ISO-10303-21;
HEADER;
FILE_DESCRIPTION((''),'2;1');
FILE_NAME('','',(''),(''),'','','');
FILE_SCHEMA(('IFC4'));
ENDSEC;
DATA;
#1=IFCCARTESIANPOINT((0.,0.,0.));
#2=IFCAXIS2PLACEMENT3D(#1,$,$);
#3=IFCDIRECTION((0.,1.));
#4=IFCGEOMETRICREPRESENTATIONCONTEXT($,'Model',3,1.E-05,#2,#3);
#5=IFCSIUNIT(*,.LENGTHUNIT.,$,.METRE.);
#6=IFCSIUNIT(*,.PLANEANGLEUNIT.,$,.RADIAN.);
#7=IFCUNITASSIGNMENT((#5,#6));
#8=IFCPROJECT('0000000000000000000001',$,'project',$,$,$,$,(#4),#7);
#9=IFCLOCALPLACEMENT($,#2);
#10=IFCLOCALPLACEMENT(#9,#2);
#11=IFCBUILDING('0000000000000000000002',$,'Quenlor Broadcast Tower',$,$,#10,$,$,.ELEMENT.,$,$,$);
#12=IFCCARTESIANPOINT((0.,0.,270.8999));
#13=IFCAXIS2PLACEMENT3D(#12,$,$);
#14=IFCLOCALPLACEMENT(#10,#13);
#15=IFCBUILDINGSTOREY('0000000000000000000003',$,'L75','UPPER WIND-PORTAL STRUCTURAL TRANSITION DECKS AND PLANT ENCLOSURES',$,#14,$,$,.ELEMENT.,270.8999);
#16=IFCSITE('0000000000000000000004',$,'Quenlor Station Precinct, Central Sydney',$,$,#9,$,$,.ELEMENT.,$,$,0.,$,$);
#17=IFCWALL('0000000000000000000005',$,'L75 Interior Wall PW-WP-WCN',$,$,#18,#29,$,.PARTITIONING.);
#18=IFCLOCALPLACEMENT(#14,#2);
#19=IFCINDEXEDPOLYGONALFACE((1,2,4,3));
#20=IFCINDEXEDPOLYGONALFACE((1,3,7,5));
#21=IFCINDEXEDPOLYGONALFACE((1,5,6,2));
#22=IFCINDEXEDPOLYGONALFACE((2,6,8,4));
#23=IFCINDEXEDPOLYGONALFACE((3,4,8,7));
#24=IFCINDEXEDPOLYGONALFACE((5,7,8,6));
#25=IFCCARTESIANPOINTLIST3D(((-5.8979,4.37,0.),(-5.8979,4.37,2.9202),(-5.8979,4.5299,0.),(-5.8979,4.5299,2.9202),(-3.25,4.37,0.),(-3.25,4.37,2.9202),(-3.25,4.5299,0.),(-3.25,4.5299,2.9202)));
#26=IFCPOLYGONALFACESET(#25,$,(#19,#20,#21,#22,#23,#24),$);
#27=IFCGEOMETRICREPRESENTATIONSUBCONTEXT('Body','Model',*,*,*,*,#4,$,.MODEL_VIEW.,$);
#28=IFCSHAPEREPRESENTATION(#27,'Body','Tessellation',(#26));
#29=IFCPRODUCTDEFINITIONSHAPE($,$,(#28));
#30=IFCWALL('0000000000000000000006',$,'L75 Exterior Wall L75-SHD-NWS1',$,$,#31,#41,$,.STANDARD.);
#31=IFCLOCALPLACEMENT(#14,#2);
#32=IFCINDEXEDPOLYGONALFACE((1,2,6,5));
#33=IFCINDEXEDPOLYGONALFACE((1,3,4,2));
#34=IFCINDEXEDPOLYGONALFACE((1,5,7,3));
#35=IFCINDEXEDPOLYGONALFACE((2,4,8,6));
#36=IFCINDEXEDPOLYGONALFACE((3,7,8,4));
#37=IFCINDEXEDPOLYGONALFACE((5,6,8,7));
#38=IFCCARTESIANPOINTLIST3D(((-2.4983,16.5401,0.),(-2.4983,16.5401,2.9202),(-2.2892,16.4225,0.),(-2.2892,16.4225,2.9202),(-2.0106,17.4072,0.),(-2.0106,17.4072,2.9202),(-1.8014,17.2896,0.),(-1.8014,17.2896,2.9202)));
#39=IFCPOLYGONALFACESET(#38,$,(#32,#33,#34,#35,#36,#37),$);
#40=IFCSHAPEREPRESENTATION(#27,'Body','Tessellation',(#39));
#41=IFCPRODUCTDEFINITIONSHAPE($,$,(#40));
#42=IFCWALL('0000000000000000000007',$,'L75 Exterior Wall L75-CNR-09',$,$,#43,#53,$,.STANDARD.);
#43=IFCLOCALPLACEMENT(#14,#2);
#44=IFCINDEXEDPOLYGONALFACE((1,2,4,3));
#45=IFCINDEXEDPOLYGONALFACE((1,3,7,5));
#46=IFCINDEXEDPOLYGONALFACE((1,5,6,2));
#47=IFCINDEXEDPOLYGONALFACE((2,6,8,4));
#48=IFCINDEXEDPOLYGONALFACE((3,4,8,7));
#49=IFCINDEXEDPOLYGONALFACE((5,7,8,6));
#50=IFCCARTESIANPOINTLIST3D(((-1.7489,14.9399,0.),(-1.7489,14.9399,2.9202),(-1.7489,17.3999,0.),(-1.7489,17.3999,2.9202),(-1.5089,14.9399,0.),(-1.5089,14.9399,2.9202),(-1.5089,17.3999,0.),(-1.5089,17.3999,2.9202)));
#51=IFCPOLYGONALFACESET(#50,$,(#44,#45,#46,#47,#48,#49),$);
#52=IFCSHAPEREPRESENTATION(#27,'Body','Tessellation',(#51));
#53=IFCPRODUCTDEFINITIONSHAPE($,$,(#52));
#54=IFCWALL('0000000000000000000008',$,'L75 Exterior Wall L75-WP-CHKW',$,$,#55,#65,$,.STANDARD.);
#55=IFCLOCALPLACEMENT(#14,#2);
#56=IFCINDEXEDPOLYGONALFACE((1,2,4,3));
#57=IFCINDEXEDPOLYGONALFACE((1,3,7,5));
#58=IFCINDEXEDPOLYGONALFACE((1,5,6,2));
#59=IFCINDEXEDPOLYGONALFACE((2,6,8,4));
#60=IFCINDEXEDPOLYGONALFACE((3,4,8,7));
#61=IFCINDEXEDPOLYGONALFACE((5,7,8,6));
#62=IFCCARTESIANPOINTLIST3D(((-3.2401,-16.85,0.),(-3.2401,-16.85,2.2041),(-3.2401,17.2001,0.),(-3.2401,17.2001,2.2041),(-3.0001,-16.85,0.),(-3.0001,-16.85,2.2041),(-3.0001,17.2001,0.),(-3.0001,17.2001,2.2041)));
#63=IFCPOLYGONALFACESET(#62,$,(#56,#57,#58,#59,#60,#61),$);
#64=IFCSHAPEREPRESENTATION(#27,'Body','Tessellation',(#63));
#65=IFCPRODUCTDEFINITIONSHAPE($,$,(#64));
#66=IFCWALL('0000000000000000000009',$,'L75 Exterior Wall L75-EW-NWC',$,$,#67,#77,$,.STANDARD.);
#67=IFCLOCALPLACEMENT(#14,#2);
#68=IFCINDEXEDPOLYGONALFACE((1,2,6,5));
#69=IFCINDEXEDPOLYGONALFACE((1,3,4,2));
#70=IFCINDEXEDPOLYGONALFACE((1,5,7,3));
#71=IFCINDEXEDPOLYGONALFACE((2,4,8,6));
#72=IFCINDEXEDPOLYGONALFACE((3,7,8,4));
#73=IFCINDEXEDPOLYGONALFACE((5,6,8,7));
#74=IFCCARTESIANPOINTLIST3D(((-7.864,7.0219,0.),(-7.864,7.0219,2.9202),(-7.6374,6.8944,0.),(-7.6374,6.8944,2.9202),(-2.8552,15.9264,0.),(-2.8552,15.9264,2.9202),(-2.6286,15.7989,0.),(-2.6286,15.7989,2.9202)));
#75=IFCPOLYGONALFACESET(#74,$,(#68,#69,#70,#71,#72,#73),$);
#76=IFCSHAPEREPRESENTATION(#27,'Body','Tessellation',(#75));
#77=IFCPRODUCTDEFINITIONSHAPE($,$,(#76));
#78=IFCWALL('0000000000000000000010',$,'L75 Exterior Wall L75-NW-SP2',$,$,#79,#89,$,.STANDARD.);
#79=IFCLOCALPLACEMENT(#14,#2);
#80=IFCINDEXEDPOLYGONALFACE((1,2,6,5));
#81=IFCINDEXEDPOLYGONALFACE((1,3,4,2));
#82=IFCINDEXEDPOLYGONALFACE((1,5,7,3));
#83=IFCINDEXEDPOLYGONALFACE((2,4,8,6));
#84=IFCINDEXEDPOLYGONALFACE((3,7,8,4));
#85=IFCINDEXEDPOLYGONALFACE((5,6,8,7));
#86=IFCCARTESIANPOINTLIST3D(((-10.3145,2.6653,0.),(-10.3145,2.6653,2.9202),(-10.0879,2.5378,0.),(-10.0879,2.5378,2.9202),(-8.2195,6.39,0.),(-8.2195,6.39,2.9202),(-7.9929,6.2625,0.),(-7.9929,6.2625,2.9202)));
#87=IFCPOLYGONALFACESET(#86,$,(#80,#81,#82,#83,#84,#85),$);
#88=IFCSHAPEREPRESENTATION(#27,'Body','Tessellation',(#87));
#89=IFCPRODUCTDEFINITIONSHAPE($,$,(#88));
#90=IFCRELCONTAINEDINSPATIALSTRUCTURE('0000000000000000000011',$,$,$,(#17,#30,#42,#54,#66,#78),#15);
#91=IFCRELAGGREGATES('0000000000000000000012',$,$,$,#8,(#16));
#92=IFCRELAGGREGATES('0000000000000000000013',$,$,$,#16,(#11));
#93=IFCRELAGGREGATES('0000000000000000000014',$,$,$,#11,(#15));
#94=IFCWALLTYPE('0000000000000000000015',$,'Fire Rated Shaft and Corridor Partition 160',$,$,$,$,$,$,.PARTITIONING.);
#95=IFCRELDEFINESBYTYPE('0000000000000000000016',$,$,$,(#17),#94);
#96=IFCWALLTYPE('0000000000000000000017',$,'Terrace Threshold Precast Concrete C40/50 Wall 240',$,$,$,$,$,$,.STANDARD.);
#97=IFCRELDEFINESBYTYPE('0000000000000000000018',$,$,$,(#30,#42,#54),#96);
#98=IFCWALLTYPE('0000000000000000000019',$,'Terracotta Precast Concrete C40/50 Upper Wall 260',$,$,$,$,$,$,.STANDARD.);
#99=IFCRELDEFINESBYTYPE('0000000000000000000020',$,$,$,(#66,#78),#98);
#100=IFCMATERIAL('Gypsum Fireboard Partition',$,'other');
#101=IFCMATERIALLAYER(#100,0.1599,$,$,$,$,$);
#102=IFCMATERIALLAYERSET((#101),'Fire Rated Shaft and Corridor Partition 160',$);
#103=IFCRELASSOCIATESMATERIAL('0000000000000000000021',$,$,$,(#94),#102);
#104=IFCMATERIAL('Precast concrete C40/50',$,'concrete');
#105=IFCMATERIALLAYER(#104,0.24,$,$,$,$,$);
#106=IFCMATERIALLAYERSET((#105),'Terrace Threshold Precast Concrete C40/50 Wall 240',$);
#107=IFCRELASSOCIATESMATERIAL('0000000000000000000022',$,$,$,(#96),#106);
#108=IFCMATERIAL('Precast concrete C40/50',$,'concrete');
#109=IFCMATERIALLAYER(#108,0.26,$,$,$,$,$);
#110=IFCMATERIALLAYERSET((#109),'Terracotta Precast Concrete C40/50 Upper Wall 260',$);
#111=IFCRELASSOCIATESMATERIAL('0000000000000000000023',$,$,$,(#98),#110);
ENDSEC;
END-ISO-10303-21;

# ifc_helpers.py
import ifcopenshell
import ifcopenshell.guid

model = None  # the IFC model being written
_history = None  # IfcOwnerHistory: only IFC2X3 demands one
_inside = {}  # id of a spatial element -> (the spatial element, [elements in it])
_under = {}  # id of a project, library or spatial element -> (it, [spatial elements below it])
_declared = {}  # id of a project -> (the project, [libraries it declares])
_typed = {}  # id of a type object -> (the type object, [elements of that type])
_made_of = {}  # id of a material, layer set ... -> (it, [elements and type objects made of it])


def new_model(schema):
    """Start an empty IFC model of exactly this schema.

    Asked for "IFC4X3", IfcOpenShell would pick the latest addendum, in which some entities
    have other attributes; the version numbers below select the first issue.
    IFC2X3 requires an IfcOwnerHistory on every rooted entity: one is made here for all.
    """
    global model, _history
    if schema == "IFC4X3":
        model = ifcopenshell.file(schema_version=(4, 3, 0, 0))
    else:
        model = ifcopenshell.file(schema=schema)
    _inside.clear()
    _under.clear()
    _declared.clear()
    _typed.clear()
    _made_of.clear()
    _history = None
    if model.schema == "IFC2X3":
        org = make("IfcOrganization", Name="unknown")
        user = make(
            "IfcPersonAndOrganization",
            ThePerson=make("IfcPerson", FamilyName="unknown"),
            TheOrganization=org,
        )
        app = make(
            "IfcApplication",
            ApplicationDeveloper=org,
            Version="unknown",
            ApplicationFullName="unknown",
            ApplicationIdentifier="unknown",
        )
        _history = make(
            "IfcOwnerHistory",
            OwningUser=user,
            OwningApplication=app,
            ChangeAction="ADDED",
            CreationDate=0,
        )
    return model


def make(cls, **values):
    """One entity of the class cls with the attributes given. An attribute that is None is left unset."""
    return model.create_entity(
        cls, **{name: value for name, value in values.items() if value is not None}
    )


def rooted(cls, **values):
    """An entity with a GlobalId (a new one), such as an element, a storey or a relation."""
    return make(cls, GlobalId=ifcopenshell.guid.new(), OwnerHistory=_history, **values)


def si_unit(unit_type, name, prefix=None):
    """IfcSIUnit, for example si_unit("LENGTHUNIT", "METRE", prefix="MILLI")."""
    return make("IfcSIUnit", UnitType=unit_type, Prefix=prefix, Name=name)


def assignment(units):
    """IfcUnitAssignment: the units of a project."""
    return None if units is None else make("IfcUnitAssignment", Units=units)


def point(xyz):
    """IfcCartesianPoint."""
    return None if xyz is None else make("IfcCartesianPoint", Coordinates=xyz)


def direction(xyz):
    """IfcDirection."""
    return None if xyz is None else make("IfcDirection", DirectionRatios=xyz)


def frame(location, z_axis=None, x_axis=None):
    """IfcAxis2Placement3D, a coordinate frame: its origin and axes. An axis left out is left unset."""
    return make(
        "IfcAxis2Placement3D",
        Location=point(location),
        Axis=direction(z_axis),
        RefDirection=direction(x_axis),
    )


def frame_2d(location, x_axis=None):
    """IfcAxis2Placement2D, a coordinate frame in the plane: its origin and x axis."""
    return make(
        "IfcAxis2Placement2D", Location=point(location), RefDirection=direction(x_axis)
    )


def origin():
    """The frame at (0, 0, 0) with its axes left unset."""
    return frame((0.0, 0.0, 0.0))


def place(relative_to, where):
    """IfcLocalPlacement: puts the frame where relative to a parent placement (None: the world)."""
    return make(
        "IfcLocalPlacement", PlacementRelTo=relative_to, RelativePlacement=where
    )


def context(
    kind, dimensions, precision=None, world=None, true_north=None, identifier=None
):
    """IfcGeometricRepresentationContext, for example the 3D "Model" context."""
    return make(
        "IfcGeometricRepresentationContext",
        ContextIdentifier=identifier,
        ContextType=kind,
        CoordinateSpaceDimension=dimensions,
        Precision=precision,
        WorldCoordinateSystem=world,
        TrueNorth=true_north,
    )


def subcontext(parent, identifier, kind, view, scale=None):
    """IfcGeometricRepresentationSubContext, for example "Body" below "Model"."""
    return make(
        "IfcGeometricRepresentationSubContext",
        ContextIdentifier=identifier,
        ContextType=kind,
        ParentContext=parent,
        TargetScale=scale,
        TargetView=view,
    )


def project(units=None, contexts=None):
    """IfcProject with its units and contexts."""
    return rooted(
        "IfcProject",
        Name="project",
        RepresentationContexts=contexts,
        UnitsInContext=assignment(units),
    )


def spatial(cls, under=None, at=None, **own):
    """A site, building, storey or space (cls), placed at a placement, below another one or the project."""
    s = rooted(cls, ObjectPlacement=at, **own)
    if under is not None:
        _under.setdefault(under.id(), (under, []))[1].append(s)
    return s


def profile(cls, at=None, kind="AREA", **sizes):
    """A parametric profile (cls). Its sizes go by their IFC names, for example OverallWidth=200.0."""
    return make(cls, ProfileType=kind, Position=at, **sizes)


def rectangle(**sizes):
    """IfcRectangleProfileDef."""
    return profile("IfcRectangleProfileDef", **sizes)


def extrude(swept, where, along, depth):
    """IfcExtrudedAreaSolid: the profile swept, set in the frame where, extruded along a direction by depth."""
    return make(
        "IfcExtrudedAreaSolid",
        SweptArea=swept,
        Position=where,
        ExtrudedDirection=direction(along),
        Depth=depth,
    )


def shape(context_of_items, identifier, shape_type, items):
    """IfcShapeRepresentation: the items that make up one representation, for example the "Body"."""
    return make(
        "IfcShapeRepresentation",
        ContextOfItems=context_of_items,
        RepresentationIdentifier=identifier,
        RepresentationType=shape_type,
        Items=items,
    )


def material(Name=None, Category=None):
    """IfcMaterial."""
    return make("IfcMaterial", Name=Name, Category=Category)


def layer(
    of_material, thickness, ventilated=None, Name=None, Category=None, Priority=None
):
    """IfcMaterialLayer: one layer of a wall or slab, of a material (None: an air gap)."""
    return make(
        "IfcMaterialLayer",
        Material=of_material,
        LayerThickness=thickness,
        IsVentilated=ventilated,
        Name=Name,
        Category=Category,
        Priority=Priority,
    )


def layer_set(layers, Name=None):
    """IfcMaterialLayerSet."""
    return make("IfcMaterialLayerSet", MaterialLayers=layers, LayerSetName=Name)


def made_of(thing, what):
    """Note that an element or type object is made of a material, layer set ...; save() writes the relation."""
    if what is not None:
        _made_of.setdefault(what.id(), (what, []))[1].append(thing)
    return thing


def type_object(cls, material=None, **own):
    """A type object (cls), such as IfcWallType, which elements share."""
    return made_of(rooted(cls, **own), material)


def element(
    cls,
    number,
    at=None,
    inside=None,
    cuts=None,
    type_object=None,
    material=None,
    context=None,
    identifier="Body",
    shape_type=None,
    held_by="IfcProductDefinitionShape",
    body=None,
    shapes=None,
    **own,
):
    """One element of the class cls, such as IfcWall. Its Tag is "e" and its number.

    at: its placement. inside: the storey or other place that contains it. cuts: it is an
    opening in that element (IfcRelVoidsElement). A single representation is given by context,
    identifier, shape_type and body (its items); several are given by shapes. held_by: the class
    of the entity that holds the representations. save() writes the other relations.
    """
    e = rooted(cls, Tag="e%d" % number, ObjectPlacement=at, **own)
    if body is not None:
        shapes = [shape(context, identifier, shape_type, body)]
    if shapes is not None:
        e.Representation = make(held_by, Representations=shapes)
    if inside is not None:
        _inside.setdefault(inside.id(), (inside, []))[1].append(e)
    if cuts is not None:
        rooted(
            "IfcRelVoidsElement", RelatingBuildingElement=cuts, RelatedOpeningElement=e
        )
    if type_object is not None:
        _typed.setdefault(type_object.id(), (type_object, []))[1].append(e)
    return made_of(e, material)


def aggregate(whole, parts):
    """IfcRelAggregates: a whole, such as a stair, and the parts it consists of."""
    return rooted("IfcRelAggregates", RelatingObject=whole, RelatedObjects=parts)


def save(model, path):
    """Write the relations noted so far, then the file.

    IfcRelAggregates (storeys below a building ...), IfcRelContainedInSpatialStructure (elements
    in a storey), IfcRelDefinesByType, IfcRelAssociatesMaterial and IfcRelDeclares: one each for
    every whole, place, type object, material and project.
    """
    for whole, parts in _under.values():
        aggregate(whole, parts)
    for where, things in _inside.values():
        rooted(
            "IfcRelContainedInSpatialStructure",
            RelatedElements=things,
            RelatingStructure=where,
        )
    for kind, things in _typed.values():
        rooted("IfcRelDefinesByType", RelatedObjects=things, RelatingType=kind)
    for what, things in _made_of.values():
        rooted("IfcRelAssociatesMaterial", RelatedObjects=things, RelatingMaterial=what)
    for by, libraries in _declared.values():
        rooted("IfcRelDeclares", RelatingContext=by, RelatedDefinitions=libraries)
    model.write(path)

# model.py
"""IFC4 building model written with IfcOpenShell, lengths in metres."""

from ifc_helpers import new_model, si_unit, direction, frame, frame_2d, origin, place, context, subcontext, project, spatial, rectangle, extrude, material, layer, layer_set, type_object, element, save


model = new_model("IFC4")

# Units and contexts
model_context = context("Model", 3, precision=1e-05, world=origin(), true_north=direction((0.0, 1.0)))
body_context = subcontext(model_context, "Body", "Model", "MODEL_VIEW")
ifc_project = project(units=[si_unit("LENGTHUNIT", "METRE"), si_unit("PLANEANGLEUNIT", "RADIAN")], contexts=[model_context])

# Site, building, storey
site_placement = place(None, origin())
site = spatial("IfcSite", under=ifc_project, at=site_placement, Name="Quenlor Station Precinct, Central Sydney", CompositionType="ELEMENT", RefElevation=0.0)
building_placement = place(site_placement, origin())
building = spatial("IfcBuilding", under=site, at=building_placement, Name="Quenlor Broadcast Tower", CompositionType="ELEMENT")
storey_placement = place(building_placement, frame((0.0, 0.0, 270.8999)))
storey = spatial("IfcBuildingStorey", under=building, at=storey_placement, Name="L75", Description="UPPER WIND-PORTAL STRUCTURAL TRANSITION DECKS AND PLANT ENCLOSURES", CompositionType="ELEMENT", Elevation=270.8999)

# Walls
ifc_material_1 = material(Name="Gypsum Fireboard Partition", Category="other")
ifc_layer_1 = layer(ifc_material_1, 0.1599)
ifc_layer_set_1 = layer_set([ifc_layer_1], Name="Fire Rated Shaft and Corridor Partition 160")
wall_type_1 = type_object("IfcWallType", Name="Fire Rated Shaft and Corridor Partition 160", PredefinedType="PARTITIONING", material=ifc_layer_set_1)
wall_1_placement = place(storey_placement, frame((-5.8979, 4.45, 0.0), z_axis=(0.0, 0.0, 1.0), x_axis=(1.0, 0.0, 0.0)))
element("IfcWall", 1, at=wall_1_placement, inside=storey, type_object=wall_type_1, Name="L75 Interior Wall PW-WP-WCN", PredefinedType="PARTITIONING", context=body_context, shape_type="SweptSolid", body=[
    extrude(rectangle(XDim=2.6479, YDim=0.1599, at=frame_2d((1.324, 0.0))), origin(), (0.0, 0.0, 1.0), 2.9202),
])
ifc_material_2 = material(Name="Precast concrete C40/50", Category="concrete")
ifc_layer_2 = layer(ifc_material_2, 0.24)
ifc_layer_set_2 = layer_set([ifc_layer_2], Name="Terrace Threshold Precast Concrete C40/50 Wall 240")
wall_type_2 = type_object("IfcWallType", Name="Terrace Threshold Precast Concrete C40/50 Wall 240", PredefinedType="STANDARD", material=ifc_layer_set_2)
wall_2_placement = place(storey_placement, frame((-2.3938, 16.4812, 0.0), z_axis=(0.0, 0.0, 1.0), x_axis=(0.490261, 0.871576, 0.0)))
element("IfcWall", 2, at=wall_2_placement, inside=storey, type_object=wall_type_2, Name="L75 Exterior Wall L75-SHD-NWS1", PredefinedType="STANDARD", context=body_context, shape_type="SweptSolid", body=[
    extrude(rectangle(XDim=0.9949, YDim=0.24, at=frame_2d((0.4976, 0.0))), origin(), (0.0, 0.0, 1.0), 2.9202),
])
wall_3_placement = place(storey_placement, frame((-1.6289, 14.9399, 0.0), z_axis=(0.0, 0.0, 1.0), x_axis=(0.0, 1.0, 0.0)))
element("IfcWall", 3, at=wall_3_placement, inside=storey, type_object=wall_type_2, Name="L75 Exterior Wall L75-CNR-09", PredefinedType="STANDARD", context=body_context, shape_type="SweptSolid", body=[
    extrude(rectangle(XDim=2.46, YDim=0.24, at=frame_2d((1.23, 0.0))), origin(), (0.0, 0.0, 1.0), 2.9202),
])
wall_4_placement = place(storey_placement, frame((-3.1201, 17.2, 0.0), z_axis=(0.0, 0.0, 1.0), x_axis=(0.0, -1.0, 0.0)))
element("IfcWall", 4, at=wall_4_placement, inside=storey, type_object=wall_type_2, Name="L75 Exterior Wall L75-WP-CHKW", PredefinedType="STANDARD", context=body_context, shape_type="SweptSolid", body=[
    extrude(rectangle(XDim=34.05, YDim=0.24, at=frame_2d((17.0249, 0.0))), origin(), (0.0, 0.0, 1.0), 2.2041),
])
ifc_material_3 = material(Name="Precast concrete C40/50", Category="concrete")
ifc_layer_3 = layer(ifc_material_3, 0.26)
ifc_layer_set_3 = layer_set([ifc_layer_3], Name="Terracotta Precast Concrete C40/50 Upper Wall 260")
wall_type_3 = type_object("IfcWallType", Name="Terracotta Precast Concrete C40/50 Upper Wall 260", PredefinedType="STANDARD", material=ifc_layer_set_3)
wall_5_placement = place(storey_placement, frame((-7.7507, 6.958, 0.0), z_axis=(0.0, 0.0, 1.0), x_axis=(0.49026, 0.871576, 0.0)))
element("IfcWall", 5, at=wall_5_placement, inside=storey, type_object=wall_type_3, Name="L75 Exterior Wall L75-EW-NWC", PredefinedType="STANDARD", context=body_context, shape_type="SweptSolid", body=[
    extrude(rectangle(XDim=10.2166, YDim=0.26, at=frame_2d((5.1084, 0.0))), origin(), (0.0, 0.0, 1.0), 2.9202),
])
wall_6_placement = place(storey_placement, frame((-10.2012, 2.6016, 0.0), z_axis=(0.0, 0.0, 1.0), x_axis=(0.49024, 0.871588, 0.0)))
element("IfcWall", 6, at=wall_6_placement, inside=storey, type_object=wall_type_3, Name="L75 Exterior Wall L75-NW-SP2", PredefinedType="STANDARD", context=body_context, shape_type="SweptSolid", body=[
    extrude(rectangle(XDim=4.2734, YDim=0.26, at=frame_2d((2.1367, 0.0))), origin(), (0.0, 0.0, 1.0), 2.9202),
])

save(model, "model.ifc")
